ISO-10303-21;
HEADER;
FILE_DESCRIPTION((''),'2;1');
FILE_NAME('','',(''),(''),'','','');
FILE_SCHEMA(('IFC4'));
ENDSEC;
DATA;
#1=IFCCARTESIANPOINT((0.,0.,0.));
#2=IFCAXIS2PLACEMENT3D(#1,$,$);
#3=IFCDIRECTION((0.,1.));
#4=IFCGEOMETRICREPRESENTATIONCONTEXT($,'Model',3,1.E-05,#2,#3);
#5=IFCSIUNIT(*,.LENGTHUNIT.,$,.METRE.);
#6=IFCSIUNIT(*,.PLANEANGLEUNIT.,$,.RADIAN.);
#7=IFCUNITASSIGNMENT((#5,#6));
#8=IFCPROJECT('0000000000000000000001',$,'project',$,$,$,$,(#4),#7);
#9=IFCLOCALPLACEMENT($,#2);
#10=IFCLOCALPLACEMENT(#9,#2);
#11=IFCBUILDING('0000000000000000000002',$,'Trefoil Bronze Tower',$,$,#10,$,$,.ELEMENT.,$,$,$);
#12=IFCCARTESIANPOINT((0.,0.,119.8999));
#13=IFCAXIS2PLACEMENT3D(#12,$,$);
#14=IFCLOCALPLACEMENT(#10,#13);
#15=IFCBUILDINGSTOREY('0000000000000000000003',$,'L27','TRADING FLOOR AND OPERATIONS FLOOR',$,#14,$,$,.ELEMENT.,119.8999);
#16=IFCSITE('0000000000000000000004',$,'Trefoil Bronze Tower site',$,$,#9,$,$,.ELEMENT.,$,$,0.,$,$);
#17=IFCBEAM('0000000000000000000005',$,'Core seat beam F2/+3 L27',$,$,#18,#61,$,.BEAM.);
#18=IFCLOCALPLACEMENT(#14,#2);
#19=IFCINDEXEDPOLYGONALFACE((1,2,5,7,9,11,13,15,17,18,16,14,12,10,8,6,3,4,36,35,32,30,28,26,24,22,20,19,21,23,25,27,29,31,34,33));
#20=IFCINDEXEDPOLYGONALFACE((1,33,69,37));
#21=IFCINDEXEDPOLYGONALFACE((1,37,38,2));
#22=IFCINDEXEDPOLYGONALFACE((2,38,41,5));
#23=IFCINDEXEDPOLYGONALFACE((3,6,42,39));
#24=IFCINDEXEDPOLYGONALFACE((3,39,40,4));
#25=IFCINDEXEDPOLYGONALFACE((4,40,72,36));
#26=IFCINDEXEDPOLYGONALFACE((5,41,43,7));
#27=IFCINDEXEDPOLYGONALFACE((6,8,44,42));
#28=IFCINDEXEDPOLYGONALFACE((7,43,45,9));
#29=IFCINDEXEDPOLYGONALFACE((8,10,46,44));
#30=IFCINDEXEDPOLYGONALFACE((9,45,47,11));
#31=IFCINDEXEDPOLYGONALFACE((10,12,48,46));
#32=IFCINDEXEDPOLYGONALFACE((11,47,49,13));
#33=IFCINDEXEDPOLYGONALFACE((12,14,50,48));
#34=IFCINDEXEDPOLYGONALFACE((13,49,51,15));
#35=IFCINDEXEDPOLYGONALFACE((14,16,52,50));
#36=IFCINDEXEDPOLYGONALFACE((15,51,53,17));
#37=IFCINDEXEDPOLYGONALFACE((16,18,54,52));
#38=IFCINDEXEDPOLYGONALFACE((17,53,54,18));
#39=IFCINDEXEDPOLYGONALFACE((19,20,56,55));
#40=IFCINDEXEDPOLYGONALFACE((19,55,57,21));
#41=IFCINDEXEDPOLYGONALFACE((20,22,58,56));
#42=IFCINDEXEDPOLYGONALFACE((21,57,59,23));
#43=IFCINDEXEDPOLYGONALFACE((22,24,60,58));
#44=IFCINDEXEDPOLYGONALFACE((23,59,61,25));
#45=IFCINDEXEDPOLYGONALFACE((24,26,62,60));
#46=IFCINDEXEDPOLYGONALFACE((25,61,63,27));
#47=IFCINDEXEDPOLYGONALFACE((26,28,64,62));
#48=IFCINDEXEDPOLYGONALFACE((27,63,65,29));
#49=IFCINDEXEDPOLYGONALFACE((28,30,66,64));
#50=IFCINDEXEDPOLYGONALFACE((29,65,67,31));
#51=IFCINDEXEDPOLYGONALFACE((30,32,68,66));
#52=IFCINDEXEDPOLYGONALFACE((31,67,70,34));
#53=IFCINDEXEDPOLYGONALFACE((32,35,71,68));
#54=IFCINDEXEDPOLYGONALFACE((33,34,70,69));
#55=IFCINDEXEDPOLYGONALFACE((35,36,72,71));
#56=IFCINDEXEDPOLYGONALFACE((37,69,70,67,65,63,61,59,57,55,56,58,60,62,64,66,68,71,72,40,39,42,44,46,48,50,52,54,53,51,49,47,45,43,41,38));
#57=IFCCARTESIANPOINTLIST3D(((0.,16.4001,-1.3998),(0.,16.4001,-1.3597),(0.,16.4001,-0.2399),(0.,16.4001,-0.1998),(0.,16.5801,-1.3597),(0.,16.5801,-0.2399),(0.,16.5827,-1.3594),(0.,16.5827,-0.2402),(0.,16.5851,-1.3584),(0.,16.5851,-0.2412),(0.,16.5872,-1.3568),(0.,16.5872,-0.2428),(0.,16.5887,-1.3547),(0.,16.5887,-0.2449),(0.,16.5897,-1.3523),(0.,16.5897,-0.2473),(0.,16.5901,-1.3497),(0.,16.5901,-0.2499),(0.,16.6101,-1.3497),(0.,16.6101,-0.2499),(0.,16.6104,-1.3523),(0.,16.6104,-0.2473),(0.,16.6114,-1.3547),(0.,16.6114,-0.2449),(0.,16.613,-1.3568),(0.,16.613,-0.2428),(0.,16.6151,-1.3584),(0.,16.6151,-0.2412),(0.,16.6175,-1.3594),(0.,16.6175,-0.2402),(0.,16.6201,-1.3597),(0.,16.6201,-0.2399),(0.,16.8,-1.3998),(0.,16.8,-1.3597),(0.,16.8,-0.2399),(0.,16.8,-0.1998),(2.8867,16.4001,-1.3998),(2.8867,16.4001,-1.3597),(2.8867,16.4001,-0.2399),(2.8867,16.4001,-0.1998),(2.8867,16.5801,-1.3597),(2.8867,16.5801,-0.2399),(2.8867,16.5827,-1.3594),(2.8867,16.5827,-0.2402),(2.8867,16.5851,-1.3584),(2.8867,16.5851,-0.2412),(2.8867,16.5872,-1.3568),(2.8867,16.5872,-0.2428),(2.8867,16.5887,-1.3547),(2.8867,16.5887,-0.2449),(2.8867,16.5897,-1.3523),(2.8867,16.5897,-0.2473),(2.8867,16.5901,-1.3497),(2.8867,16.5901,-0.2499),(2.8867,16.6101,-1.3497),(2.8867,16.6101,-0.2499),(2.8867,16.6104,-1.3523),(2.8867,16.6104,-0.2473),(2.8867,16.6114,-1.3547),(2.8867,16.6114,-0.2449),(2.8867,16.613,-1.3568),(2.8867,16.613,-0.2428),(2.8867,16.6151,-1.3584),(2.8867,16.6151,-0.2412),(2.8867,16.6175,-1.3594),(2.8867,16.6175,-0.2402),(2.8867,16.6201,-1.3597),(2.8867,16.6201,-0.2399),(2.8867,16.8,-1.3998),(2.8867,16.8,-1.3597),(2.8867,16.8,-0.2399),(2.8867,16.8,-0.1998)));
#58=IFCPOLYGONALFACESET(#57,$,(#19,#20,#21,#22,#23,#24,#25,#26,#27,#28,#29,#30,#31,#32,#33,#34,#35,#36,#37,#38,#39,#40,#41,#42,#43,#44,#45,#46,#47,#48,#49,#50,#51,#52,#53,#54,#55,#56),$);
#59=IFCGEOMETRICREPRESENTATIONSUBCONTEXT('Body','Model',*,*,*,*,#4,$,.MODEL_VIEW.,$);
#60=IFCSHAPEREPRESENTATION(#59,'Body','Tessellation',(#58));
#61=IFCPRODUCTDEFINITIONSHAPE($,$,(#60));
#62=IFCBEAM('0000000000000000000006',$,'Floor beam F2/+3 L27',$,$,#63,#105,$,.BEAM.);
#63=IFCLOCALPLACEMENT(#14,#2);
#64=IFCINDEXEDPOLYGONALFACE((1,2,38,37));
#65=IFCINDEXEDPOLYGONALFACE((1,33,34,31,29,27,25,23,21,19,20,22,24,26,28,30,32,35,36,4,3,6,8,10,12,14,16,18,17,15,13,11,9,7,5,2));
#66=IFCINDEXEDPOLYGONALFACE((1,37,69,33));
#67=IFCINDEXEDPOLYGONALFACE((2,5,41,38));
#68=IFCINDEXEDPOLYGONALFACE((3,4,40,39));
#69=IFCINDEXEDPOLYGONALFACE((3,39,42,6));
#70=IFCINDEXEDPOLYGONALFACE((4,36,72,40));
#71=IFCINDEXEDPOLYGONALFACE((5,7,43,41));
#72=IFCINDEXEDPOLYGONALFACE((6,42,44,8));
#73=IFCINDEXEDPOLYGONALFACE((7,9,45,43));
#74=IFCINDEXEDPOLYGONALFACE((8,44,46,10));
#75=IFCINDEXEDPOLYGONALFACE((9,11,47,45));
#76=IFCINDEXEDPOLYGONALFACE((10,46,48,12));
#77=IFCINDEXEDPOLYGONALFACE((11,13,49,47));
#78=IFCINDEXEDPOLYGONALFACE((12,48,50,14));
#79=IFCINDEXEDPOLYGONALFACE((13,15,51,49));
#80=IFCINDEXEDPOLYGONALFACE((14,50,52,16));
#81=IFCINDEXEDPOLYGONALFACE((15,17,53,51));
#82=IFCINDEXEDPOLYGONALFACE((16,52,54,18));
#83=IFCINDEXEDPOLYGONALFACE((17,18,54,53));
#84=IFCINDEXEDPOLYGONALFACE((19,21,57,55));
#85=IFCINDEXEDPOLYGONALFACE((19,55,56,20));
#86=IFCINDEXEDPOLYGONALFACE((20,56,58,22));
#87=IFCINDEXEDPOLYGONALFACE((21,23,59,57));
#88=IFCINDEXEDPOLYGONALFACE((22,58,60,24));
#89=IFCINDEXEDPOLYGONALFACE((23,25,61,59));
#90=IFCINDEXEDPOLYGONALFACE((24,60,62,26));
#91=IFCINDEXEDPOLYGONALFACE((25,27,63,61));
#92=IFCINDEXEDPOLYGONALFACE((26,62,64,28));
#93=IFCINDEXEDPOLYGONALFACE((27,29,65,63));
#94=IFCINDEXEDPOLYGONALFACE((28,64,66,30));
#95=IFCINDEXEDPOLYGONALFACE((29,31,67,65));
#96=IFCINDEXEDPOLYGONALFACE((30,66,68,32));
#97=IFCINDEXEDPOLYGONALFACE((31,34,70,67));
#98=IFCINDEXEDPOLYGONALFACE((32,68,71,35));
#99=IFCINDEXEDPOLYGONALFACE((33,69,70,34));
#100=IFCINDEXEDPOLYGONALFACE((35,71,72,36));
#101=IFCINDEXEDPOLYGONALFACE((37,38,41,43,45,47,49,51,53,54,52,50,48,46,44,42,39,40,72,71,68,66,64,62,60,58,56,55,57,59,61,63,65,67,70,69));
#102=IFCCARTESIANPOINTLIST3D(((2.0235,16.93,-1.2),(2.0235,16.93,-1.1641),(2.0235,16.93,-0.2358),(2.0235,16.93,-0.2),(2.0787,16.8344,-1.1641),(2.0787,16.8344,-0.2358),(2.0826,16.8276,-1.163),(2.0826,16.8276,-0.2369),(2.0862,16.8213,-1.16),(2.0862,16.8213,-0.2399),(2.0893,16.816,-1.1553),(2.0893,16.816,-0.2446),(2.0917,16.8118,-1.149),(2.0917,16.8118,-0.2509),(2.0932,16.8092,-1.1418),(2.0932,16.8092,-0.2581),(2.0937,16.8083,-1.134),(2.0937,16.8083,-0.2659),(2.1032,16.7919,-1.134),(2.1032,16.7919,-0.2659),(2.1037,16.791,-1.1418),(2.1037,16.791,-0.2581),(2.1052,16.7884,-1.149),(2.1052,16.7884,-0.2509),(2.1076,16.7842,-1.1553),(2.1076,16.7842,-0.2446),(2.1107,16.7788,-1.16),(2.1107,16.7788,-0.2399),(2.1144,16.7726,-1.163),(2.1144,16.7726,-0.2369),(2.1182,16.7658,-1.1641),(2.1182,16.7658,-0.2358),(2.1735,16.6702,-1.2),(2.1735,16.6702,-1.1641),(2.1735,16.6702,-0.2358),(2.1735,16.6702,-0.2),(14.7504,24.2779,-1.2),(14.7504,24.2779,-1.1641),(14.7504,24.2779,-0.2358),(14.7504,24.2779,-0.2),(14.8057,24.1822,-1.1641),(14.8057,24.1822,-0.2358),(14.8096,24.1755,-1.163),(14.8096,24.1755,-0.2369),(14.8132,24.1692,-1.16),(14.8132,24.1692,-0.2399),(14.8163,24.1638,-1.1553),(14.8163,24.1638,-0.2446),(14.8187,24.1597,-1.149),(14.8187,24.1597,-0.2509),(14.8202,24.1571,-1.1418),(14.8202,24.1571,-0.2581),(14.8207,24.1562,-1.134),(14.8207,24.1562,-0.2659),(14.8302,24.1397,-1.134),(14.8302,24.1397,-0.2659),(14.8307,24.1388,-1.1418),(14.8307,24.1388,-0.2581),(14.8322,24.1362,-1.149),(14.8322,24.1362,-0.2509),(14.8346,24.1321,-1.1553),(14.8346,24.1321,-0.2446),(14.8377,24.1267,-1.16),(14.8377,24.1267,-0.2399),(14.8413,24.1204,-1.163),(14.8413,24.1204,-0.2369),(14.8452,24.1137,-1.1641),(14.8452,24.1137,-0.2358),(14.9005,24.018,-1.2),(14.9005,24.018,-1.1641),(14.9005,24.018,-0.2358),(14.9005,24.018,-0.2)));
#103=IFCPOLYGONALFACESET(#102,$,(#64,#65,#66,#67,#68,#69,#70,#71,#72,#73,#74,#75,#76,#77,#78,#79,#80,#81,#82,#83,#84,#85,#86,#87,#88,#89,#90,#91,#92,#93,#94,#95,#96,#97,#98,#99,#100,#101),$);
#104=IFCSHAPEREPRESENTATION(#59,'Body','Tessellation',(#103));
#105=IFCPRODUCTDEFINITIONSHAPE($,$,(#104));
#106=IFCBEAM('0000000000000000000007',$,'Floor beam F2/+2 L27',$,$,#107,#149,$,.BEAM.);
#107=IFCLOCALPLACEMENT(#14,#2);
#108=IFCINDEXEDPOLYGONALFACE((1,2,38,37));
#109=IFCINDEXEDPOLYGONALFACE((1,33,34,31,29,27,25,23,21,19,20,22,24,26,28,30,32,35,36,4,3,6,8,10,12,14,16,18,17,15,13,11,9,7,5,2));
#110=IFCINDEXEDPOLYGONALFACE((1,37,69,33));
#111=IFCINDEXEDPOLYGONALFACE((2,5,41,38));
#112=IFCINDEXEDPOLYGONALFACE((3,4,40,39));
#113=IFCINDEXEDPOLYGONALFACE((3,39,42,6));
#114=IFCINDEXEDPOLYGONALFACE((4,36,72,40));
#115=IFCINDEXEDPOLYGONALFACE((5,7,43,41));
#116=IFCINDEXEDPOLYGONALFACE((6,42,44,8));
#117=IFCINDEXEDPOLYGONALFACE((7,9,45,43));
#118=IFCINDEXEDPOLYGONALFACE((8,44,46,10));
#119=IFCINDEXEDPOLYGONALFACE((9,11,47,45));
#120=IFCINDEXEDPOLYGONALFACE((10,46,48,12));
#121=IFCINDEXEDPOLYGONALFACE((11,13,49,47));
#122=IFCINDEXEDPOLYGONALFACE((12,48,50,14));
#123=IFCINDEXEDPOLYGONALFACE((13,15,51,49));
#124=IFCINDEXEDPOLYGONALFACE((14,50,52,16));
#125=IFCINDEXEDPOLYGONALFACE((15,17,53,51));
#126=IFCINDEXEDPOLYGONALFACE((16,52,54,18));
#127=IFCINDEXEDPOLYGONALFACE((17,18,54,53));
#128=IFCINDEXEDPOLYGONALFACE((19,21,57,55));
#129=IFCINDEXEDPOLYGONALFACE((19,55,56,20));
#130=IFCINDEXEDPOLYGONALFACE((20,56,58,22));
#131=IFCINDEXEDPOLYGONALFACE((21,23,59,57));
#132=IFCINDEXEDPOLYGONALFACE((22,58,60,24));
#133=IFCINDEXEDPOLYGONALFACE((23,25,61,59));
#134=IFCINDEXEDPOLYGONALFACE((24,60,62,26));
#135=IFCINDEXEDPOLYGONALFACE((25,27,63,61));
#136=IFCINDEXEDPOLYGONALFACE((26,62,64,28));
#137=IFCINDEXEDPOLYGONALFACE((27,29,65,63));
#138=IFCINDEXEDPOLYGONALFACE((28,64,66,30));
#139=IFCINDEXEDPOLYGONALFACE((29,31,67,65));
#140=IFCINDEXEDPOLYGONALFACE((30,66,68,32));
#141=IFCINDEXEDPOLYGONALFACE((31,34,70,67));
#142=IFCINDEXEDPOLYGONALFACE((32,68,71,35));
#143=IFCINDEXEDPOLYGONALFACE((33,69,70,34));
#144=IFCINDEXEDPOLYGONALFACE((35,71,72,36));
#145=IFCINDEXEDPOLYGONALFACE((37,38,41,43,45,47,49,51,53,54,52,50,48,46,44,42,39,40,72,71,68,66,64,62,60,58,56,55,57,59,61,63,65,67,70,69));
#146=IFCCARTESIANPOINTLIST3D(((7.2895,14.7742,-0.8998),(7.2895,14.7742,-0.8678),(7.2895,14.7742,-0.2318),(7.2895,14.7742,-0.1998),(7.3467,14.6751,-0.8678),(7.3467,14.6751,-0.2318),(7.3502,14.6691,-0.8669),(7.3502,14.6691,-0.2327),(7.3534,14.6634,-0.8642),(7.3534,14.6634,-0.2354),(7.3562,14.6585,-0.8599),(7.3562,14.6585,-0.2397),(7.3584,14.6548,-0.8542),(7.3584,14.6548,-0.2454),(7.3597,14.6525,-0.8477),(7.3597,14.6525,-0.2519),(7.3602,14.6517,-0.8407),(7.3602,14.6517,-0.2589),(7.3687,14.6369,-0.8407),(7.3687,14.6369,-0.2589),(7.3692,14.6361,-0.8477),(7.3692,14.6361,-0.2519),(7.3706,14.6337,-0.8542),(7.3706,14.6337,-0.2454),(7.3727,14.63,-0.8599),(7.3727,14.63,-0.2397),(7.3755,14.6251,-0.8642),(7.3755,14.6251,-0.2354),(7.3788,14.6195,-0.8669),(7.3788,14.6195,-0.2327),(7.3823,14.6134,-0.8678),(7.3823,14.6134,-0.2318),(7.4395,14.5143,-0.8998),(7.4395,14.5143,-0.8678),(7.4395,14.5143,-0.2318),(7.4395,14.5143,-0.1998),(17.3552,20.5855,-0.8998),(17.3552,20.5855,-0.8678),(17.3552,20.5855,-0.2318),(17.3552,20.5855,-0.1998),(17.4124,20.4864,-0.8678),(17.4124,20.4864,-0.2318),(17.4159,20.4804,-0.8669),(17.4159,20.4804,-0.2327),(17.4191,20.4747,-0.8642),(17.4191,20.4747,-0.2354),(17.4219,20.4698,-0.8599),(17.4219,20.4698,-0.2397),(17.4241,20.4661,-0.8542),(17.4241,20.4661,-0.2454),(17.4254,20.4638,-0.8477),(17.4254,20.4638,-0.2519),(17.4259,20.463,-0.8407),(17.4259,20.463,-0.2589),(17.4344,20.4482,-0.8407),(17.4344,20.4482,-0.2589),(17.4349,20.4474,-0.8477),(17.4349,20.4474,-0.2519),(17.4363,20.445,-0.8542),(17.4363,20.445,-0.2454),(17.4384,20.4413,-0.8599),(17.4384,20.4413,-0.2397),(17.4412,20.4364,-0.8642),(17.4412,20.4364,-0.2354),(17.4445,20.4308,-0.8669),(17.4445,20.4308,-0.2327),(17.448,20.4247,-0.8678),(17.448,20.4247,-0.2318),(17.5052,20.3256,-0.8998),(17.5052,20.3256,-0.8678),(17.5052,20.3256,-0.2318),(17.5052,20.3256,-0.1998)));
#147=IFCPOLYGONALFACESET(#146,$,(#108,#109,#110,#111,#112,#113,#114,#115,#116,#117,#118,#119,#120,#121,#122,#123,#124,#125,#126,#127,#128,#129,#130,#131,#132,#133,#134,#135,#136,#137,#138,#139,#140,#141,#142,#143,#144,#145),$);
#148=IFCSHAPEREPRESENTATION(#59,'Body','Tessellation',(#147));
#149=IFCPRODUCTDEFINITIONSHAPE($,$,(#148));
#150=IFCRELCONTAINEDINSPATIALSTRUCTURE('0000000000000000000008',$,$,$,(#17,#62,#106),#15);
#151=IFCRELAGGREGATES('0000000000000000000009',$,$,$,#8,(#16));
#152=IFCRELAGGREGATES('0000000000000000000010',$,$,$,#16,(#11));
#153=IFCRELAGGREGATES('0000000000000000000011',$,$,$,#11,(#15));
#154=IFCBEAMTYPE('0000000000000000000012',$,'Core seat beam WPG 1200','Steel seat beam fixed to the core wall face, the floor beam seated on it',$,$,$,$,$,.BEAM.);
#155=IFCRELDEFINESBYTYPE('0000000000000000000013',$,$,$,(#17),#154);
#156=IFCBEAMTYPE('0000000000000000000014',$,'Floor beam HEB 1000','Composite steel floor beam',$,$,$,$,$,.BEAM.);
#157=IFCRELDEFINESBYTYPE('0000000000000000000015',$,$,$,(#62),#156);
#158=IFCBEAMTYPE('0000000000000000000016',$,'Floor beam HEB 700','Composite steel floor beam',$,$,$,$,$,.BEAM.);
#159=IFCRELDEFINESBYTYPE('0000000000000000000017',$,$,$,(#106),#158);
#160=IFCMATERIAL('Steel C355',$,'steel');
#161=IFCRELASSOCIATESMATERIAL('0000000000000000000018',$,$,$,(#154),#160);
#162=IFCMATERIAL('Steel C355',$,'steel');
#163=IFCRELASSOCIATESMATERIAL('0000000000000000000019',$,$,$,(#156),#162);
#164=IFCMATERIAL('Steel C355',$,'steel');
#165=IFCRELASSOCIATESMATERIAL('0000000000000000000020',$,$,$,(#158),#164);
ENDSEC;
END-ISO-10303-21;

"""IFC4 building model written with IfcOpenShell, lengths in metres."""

from ifc_helpers import new_model, si_unit, direction, frame, origin, origin_2d, place, context, subcontext, project, spatial, i_section, extrude, material, material_profile, profile_set, type_object, element, save


model = new_model("IFC4")

# Units and contexts
model_context = context("Model", 3, precision=1e-05, world=origin(), true_north=direction((0.0, 1.0)))
body_context = subcontext(model_context, "Body", "Model", "MODEL_VIEW")
ifc_project = project(units=[si_unit("LENGTHUNIT", "METRE"), si_unit("PLANEANGLEUNIT", "RADIAN")], contexts=[model_context])

# Site, building, storey
site_placement = place(None, origin())
site = spatial("IfcSite", under=ifc_project, at=site_placement, Name="Trefoil Bronze Tower site", CompositionType="ELEMENT", RefElevation=0.0)
building_placement = place(site_placement, origin())
building = spatial("IfcBuilding", under=site, at=building_placement, Name="Trefoil Bronze Tower", CompositionType="ELEMENT")
storey_placement = place(building_placement, frame((0.0, 0.0, 119.8999)))
storey = spatial("IfcBuildingStorey", under=building, at=storey_placement, Name="L27", Description="TRADING FLOOR AND OPERATIONS FLOOR", CompositionType="ELEMENT", Elevation=119.8999)

# Beams
ifc_material_1 = material(Name="Steel C355", Category="steel")
ifc_material_profile_1 = material_profile(ifc_material_1, i_section(OverallWidth=0.3999, OverallDepth=1.2, WebThickness=0.02, FlangeThickness=0.04, FilletRadius=0.01, at=origin_2d()), Name="WPG 1200")
ifc_profile_set_1 = profile_set([ifc_material_profile_1], Name="Steel C355")
beam_type_1 = type_object("IfcBeamType", Name="Core seat beam WPG 1200", Description="Steel seat beam fixed to the core wall face, the floor beam seated on it", PredefinedType="BEAM", material=ifc_profile_set_1)
beam_1_placement = place(storey_placement, frame((2.8867, 16.6001, -0.7998), z_axis=(-1.0, 0.0, 0.0), x_axis=(0.0, -1.0, 0.0)))
element("IfcBeam", 1, at=beam_1_placement, inside=storey, type_object=beam_type_1, Name="Core seat beam F2/+3 L27", PredefinedType="BEAM", context=body_context, shape_type="SweptSolid", body=[
    extrude(i_section(OverallWidth=0.3999, OverallDepth=1.2, WebThickness=0.02, FlangeThickness=0.04, FilletRadius=0.01, at=origin_2d()), origin(), (0.0, 0.0, 1.0), 2.8867),
])
ifc_material_2 = material(Name="Steel C355", Category="steel")
ifc_material_profile_2 = material_profile(ifc_material_2, i_section(OverallWidth=0.3, OverallDepth=1.0, WebThickness=0.019, FlangeThickness=0.0359, FilletRadius=0.03, at=origin_2d()), Name="HEB 1000")
ifc_profile_set_2 = profile_set([ifc_material_profile_2], Name="Steel C355")
beam_type_2 = type_object("IfcBeamType", Name="Floor beam HEB 1000", Description="Composite steel floor beam", PredefinedType="BEAM", material=ifc_profile_set_2)
beam_2_placement = place(storey_placement, frame((14.8254, 24.1479, -0.7), z_axis=(-0.866027, -0.499997, 0.0), x_axis=(0.499997, -0.866027, 0.0)))
element("IfcBeam", 2, at=beam_2_placement, inside=storey, type_object=beam_type_2, Name="Floor beam F2/+3 L27", PredefinedType="BEAM", context=body_context, shape_type="SweptSolid", body=[
    extrude(i_section(OverallWidth=0.3, OverallDepth=1.0, WebThickness=0.019, FlangeThickness=0.0359, FilletRadius=0.03, at=origin_2d()), origin(), (0.0, 0.0, 1.0), 14.6958),
])
ifc_material_3 = material(Name="Steel C355", Category="steel")
ifc_material_profile_3 = material_profile(ifc_material_3, i_section(OverallWidth=0.3, OverallDepth=0.7, WebThickness=0.0171, FlangeThickness=0.032, FilletRadius=0.0271, at=origin_2d()), Name="HEB 700")
ifc_profile_set_3 = profile_set([ifc_material_profile_3], Name="Steel C355")
beam_type_3 = type_object("IfcBeamType", Name="Floor beam HEB 700", Description="Composite steel floor beam", PredefinedType="BEAM", material=ifc_profile_set_3)
beam_3_placement = place(storey_placement, frame((17.4302, 20.4556, -0.5498), z_axis=(-0.866031, -0.499991, 0.0), x_axis=(0.499991, -0.866031, 0.0)))
element("IfcBeam", 3, at=beam_3_placement, inside=storey, type_object=beam_type_3, Name="Floor beam F2/+2 L27", PredefinedType="BEAM", context=body_context, shape_type="SweptSolid", body=[
    extrude(i_section(OverallWidth=0.3, OverallDepth=0.7, WebThickness=0.0171, FlangeThickness=0.032, FilletRadius=0.0271, at=origin_2d()), origin(), (0.0, 0.0, 1.0), 11.6228),
])

save(model, "model.ifc")
